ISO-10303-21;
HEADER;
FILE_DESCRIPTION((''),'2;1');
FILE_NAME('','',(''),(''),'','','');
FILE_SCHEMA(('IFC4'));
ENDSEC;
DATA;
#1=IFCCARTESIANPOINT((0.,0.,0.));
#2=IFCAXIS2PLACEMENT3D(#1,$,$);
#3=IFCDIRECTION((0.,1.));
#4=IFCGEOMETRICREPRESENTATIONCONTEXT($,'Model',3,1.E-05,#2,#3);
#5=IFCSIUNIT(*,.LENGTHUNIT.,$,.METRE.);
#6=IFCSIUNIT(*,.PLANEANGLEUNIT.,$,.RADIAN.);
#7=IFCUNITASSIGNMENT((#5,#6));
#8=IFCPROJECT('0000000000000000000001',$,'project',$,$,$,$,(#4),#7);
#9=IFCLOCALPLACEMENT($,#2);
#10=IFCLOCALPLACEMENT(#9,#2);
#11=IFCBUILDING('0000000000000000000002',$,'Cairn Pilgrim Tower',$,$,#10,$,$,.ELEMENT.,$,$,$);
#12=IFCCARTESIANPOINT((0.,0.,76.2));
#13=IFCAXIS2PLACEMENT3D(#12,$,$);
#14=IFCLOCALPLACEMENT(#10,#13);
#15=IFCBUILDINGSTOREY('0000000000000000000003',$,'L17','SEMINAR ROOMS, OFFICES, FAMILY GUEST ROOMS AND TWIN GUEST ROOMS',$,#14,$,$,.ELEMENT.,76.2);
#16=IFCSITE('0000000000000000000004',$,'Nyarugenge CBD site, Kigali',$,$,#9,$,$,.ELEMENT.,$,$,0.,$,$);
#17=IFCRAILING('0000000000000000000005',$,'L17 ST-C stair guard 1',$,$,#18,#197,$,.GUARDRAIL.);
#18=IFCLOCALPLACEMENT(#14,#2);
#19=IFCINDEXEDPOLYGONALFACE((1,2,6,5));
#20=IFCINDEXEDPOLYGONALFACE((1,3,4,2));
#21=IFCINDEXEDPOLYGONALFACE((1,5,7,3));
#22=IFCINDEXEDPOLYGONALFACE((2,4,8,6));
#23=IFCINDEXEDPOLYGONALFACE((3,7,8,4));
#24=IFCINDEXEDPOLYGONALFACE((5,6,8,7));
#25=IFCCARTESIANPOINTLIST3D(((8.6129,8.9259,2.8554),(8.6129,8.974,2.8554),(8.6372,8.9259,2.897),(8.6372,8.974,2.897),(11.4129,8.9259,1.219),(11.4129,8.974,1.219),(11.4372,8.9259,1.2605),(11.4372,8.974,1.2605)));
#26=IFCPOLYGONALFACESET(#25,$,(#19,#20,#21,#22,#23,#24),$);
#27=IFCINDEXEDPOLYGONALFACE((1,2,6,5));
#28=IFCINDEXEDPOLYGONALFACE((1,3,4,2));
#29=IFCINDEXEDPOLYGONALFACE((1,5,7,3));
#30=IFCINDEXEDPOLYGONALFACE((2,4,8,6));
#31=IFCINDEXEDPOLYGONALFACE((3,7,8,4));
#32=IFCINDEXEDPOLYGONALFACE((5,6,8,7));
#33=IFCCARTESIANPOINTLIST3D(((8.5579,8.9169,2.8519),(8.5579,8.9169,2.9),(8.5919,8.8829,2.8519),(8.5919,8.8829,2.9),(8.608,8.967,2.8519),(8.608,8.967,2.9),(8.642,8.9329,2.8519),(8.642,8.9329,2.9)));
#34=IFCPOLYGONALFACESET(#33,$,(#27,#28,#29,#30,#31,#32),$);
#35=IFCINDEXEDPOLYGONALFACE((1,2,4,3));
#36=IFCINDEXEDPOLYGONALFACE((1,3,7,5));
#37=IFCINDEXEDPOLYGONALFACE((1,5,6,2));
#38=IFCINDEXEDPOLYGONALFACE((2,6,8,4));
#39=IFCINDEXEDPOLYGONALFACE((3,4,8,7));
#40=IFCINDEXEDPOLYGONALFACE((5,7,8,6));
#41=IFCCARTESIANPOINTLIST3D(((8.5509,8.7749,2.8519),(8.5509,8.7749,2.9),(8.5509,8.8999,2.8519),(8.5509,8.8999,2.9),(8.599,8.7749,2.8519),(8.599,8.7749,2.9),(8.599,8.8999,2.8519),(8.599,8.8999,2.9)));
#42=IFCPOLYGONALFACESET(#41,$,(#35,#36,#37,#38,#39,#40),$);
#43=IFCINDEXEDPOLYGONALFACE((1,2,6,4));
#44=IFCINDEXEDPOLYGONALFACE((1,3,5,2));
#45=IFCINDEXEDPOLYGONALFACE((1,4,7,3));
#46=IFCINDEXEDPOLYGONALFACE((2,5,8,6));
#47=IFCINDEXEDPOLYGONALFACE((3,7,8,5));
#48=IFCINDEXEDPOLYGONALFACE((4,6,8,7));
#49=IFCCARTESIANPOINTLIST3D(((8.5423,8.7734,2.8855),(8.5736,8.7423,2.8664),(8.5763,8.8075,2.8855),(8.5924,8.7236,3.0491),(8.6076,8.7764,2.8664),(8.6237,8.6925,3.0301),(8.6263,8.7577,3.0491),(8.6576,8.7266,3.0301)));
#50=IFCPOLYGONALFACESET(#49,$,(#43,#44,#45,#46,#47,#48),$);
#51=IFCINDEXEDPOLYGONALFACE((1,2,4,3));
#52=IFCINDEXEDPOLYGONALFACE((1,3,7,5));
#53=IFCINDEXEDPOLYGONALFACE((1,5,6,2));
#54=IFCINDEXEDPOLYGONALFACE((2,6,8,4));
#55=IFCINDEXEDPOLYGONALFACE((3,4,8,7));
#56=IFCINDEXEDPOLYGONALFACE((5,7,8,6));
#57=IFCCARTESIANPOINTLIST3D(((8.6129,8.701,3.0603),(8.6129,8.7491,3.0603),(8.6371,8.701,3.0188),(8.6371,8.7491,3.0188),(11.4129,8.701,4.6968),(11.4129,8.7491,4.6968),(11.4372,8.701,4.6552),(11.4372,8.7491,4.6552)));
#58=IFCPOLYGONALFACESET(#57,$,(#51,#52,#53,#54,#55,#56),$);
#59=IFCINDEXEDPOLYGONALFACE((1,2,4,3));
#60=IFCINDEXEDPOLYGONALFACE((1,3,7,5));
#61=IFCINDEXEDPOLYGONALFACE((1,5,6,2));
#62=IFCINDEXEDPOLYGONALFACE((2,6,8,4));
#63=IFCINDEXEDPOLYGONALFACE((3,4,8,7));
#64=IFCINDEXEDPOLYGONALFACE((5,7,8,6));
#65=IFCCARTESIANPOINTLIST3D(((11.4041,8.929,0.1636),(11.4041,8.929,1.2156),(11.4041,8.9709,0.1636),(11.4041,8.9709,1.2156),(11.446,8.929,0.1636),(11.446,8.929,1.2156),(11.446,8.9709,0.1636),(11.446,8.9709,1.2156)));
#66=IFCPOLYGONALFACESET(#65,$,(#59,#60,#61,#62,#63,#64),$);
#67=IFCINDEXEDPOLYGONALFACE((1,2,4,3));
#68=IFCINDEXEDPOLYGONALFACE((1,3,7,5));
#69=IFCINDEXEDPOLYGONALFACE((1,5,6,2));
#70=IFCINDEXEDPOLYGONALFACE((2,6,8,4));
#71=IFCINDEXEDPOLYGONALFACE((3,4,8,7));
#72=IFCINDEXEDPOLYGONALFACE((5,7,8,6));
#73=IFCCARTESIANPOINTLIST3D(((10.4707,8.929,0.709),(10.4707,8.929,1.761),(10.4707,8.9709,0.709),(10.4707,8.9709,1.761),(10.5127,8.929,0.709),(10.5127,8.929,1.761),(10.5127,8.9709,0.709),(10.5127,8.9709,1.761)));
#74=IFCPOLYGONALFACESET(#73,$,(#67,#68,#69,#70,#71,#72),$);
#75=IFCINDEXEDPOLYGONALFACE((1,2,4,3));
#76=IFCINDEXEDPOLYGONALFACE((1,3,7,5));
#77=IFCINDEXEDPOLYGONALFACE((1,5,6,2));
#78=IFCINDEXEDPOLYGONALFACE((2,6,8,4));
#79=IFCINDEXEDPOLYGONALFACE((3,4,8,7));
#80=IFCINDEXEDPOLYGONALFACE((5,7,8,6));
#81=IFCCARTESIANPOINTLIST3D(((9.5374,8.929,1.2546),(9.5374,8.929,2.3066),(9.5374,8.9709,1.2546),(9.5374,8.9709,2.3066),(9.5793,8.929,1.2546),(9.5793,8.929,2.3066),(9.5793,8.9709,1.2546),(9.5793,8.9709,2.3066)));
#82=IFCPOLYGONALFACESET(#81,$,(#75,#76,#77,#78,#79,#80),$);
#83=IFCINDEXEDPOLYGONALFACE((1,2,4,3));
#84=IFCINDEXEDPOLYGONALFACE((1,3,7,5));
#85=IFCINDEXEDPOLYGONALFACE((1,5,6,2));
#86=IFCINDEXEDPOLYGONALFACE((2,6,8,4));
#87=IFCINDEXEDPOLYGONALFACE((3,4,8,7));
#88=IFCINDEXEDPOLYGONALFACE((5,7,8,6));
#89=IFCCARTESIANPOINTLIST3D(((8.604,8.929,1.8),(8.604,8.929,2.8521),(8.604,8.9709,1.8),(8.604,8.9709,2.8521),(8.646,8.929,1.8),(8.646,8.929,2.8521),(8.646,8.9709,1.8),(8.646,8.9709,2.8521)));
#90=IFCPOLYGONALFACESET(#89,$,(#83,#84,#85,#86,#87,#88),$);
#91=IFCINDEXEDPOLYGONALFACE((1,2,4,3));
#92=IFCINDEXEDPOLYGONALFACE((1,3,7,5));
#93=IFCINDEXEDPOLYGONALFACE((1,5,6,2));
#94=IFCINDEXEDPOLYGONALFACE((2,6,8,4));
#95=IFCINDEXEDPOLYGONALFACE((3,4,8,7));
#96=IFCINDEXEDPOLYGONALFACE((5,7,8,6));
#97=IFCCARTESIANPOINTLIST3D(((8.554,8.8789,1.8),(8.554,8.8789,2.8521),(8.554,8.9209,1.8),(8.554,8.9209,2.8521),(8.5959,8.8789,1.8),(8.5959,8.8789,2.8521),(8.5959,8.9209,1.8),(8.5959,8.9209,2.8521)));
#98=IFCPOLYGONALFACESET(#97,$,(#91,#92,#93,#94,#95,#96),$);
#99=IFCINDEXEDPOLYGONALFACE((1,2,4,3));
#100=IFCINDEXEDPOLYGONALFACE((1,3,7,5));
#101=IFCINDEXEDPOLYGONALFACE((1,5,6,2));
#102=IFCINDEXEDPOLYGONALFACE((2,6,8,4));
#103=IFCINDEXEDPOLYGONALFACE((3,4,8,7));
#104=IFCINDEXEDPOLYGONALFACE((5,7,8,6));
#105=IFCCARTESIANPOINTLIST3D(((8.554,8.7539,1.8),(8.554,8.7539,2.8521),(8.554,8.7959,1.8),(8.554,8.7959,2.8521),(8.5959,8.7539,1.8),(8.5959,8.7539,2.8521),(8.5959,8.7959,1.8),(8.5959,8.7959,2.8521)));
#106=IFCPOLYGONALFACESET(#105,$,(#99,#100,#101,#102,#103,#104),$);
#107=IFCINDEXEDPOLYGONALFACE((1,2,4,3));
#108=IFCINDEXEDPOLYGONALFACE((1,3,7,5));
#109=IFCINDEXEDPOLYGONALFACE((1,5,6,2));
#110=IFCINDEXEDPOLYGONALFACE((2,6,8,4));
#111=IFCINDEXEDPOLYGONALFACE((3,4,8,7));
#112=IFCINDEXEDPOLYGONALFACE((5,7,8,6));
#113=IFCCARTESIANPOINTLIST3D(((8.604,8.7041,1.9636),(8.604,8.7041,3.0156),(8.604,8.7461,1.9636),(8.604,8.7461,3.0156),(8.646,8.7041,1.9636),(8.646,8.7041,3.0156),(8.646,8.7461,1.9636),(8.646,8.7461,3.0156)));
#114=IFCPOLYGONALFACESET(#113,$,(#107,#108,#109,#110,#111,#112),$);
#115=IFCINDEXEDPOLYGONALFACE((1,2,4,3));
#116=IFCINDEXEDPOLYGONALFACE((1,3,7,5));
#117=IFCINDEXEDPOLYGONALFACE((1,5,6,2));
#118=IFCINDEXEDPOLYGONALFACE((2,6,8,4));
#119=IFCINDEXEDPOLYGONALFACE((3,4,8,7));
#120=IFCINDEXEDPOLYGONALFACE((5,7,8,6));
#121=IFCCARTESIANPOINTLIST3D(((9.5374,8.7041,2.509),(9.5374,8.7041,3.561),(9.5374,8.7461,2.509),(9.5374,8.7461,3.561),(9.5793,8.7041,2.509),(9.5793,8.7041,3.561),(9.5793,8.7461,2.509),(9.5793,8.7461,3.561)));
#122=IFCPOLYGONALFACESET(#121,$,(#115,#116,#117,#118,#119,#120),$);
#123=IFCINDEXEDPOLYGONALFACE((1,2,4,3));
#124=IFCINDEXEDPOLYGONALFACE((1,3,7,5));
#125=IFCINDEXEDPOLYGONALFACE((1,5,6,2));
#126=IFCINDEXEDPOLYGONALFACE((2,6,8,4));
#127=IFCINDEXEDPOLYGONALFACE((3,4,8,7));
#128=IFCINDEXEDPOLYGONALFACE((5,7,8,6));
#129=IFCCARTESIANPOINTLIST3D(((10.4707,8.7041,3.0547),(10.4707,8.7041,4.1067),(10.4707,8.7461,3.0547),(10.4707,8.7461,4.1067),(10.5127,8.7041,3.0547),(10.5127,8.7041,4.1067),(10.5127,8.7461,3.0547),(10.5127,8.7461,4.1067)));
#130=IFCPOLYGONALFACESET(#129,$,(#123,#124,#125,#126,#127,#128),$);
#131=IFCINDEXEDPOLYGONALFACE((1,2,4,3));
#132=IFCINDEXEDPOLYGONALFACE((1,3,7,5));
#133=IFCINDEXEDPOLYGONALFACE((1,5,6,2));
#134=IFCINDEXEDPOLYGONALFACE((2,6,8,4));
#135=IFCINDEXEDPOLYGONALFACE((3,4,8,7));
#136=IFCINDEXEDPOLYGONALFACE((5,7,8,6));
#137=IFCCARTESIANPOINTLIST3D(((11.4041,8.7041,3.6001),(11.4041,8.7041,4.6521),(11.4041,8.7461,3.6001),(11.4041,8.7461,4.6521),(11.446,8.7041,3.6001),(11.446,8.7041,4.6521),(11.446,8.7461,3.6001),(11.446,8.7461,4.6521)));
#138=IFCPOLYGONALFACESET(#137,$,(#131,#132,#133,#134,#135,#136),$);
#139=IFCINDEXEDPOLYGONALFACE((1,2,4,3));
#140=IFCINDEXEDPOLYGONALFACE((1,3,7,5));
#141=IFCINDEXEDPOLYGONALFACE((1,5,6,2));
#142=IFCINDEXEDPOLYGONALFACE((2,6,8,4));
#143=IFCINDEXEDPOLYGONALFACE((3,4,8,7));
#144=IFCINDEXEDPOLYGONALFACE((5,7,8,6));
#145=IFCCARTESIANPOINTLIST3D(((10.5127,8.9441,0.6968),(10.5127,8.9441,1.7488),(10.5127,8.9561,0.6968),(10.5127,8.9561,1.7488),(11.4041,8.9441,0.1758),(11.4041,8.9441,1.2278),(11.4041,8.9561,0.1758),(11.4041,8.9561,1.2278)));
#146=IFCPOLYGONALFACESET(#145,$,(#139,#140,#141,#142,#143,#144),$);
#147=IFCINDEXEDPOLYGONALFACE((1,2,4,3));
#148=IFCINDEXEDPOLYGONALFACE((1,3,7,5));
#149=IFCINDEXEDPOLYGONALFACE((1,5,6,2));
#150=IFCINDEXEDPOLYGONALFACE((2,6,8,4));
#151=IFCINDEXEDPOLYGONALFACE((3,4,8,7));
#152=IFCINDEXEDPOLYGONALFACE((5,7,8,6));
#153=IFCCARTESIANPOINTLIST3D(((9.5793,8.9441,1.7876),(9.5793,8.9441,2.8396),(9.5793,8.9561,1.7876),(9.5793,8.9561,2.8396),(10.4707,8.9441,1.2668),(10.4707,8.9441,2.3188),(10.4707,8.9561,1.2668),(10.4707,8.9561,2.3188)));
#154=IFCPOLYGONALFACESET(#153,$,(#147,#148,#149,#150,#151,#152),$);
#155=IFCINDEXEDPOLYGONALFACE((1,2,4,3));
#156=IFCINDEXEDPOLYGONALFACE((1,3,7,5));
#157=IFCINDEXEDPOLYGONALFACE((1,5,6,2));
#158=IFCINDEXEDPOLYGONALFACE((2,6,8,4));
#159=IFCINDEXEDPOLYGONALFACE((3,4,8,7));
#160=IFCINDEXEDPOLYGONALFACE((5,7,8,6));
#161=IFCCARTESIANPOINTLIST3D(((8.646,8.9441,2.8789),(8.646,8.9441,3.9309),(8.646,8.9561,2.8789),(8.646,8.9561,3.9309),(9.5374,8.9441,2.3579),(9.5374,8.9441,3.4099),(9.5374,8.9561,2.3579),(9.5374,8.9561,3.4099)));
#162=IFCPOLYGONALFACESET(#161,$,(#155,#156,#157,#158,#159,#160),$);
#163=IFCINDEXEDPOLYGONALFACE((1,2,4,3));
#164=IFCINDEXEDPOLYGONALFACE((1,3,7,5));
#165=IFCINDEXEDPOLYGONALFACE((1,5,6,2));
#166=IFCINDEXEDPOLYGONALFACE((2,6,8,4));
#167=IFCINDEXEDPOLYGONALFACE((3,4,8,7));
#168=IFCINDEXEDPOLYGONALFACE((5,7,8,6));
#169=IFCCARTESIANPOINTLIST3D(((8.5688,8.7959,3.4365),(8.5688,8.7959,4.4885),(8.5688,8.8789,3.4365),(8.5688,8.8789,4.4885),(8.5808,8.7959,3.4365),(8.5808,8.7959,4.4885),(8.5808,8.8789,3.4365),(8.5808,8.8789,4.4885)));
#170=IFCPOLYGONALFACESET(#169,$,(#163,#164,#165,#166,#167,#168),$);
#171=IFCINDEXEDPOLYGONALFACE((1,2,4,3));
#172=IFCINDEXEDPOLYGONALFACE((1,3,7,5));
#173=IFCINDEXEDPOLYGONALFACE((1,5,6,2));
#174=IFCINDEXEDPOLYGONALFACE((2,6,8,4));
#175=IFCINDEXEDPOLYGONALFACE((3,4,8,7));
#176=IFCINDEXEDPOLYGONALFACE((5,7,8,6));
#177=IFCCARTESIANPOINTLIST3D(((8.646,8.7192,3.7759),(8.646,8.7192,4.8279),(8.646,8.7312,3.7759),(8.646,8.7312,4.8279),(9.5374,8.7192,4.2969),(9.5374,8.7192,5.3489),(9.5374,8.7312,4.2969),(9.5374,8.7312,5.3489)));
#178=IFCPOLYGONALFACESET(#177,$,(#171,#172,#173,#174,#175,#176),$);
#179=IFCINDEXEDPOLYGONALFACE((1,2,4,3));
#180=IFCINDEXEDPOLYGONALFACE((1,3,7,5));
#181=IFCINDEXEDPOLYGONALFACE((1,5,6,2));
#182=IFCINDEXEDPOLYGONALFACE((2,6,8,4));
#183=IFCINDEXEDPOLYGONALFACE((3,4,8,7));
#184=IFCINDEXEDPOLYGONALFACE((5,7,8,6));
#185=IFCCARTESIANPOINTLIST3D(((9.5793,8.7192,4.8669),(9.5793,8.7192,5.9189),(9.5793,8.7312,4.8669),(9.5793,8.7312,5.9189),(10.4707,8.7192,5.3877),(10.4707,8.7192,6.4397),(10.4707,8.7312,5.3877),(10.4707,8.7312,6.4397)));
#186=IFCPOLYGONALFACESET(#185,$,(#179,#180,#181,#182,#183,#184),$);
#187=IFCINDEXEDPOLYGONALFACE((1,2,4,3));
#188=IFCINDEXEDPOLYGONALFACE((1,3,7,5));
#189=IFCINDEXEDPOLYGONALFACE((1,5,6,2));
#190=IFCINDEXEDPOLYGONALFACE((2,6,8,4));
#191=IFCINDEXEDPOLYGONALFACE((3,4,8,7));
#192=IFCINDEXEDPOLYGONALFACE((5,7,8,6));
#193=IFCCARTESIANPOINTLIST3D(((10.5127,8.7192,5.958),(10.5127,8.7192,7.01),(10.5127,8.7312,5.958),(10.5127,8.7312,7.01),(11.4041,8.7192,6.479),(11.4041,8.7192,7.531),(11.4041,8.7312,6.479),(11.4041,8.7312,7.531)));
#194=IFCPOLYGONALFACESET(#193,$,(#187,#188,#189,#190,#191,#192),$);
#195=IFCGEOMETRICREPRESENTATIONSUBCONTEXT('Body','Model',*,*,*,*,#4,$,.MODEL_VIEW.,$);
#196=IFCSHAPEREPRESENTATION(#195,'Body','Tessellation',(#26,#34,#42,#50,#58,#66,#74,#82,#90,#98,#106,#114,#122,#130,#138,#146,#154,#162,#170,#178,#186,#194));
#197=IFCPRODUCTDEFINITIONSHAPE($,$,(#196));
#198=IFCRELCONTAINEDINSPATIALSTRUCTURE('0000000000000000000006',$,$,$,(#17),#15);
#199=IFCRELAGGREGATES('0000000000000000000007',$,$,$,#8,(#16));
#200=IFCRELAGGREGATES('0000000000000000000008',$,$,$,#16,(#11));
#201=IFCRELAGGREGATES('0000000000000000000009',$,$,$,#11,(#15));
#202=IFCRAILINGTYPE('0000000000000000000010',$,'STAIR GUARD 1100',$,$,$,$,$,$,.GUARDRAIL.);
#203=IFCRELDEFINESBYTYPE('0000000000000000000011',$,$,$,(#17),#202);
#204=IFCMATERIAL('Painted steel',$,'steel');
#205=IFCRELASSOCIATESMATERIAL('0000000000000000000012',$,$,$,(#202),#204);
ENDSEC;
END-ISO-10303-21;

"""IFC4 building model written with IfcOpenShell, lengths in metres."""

from ifc_helpers import new_model, si_unit, direction, frame, origin, origin_2d, place, context, subcontext, project, spatial, polyline, rectangle, outline, extrude, material, type_object, element, save


model = new_model("IFC4")

# Units and contexts
model_context = context("Model", 3, precision=1e-05, world=origin(), true_north=direction((0.0, 1.0)))
body_context = subcontext(model_context, "Body", "Model", "MODEL_VIEW")
ifc_project = project(units=[si_unit("LENGTHUNIT", "METRE"), si_unit("PLANEANGLEUNIT", "RADIAN")], contexts=[model_context])

# Site, building, storey
site_placement = place(None, origin())
site = spatial("IfcSite", under=ifc_project, at=site_placement, Name="Nyarugenge CBD site, Kigali", CompositionType="ELEMENT", RefElevation=0.0)
building_placement = place(site_placement, origin())
building = spatial("IfcBuilding", under=site, at=building_placement, Name="Cairn Pilgrim Tower", CompositionType="ELEMENT")
storey_placement = place(building_placement, frame((0.0, 0.0, 76.2)))
storey = spatial("IfcBuildingStorey", under=building, at=storey_placement, Name="L17", Description="SEMINAR ROOMS, OFFICES, FAMILY GUEST ROOMS AND TWIN GUEST ROOMS", CompositionType="ELEMENT", Elevation=76.2)

# Shared definitions
ifc_material_1 = material(Name="Painted steel", Category="steel")

# Railing
railing_type_1 = type_object("IfcRailingType", Name="STAIR GUARD 1100", PredefinedType="GUARDRAIL", material=ifc_material_1)
railing_1_placement = place(storey_placement, frame((11.425, 8.95, 0.1636)))
element("IfcRailing", 1, at=railing_1_placement, inside=storey, type_object=railing_type_1, Name="L17 ST-C stair guard 1", PredefinedType="GUARDRAIL", context=body_context, shape_type="SweptSolid", body=[
    extrude(rectangle(XDim=0.0481, YDim=0.0481, at=origin_2d()), frame((0.0, 0.0, 1.0762), z_axis=(-0.863361, 0.0, 0.504587), x_axis=(0.0, -1.0, 0.0)), (0.0, 0.0, 1.0), 3.2432),
    extrude(rectangle(XDim=0.0481, YDim=0.0481, at=origin_2d()), frame((-2.8, 0.0, 2.7124), z_axis=(-0.707107, -0.707107, 0.0), x_axis=(0.707107, -0.707107, 0.0)), (0.0, 0.0, 1.0), 0.0708),
    extrude(rectangle(XDim=0.0481, YDim=0.0481, at=origin_2d()), frame((-2.8501, -0.05, 2.7124), z_axis=(0.0, -1.0, 0.0), x_axis=(1.0, 0.0, 0.0)), (0.0, 0.0, 1.0), 0.125),
    extrude(rectangle(XDim=0.0481, YDim=0.0481, at=origin_2d()), frame((-2.8501, -0.175, 2.7124), z_axis=(0.280917, -0.279546, 0.918118), x_axis=(0.705376, 0.708834, 0.0)), (0.0, 0.0, 1.0), 0.1782),
    extrude(rectangle(XDim=0.0481, YDim=0.0481, at=origin_2d()), frame((-2.8, -0.2249, 2.876), z_axis=(0.863361, 0.0, 0.504587), x_axis=(0.0, 1.0, 0.0)), (0.0, 0.0, 1.0), 3.2432),
    extrude(rectangle(XDim=0.042, YDim=0.042, at=origin_2d()), origin(), (0.0, 0.0, 1.0), 1.052),
    extrude(rectangle(XDim=0.042, YDim=0.042, at=origin_2d()), frame((-0.9333, 0.0, 0.5454)), (0.0, 0.0, 1.0), 1.052),
    extrude(rectangle(XDim=0.042, YDim=0.042, at=origin_2d()), frame((-1.8667, 0.0, 1.0911)), (0.0, 0.0, 1.0), 1.052),
    extrude(rectangle(XDim=0.042, YDim=0.042, at=origin_2d()), frame((-2.8, 0.0, 1.6365)), (0.0, 0.0, 1.0), 1.052),
    extrude(rectangle(XDim=0.042, YDim=0.042, at=origin_2d()), frame((-2.8501, -0.05, 1.6365)), (0.0, 0.0, 1.0), 1.052),
    extrude(rectangle(XDim=0.042, YDim=0.042, at=origin_2d()), frame((-2.8501, -0.175, 1.6365)), (0.0, 0.0, 1.0), 1.052),
    extrude(rectangle(XDim=0.042, YDim=0.042, at=origin_2d()), frame((-2.8, -0.2249, 1.8)), (0.0, 0.0, 1.0), 1.052),
    extrude(rectangle(XDim=0.042, YDim=0.042, at=origin_2d()), frame((-1.8667, -0.2249, 2.3455)), (0.0, 0.0, 1.0), 1.052),
    extrude(rectangle(XDim=0.042, YDim=0.042, at=origin_2d()), frame((-0.9333, -0.2249, 2.8911)), (0.0, 0.0, 1.0), 1.052),
    extrude(rectangle(XDim=0.042, YDim=0.042, at=origin_2d()), frame((0.0, -0.2249, 3.4365)), (0.0, 0.0, 1.0), 1.052),
    extrude(outline(polyline([(0.021, 0.0122), (0.9124, 0.5332), (0.9124, 1.5852), (0.021, 1.0642), (0.021, 0.0122)])), frame((0.0, -0.0059, 0.0), z_axis=(0.0, 1.0, 0.0), x_axis=(-1.0, 0.0, 0.0)), (0.0, 0.0, 1.0), 0.012),
    extrude(outline(polyline([(0.021, 0.5579), (0.9124, 1.0786), (0.9124, 2.1306), (0.021, 1.6099), (0.021, 0.5579)])), frame((-0.9333, -0.0059, 0.5454), z_axis=(0.0, 1.0, 0.0), x_axis=(-1.0, 0.0, 0.0)), (0.0, 0.0, 1.0), 0.012),
    extrude(outline(polyline([(0.021, 1.1033), (0.9124, 1.6243), (0.9124, 2.6763), (0.021, 2.1553), (0.021, 1.1033)])), frame((-1.8667, -0.0059, 1.0911), z_axis=(0.0, 1.0, 0.0), x_axis=(-1.0, 0.0, 0.0)), (0.0, 0.0, 1.0), 0.012),
    extrude(outline(polyline([(0.021, 1.6365), (0.104, 1.6365), (0.104, 2.6885), (0.021, 2.6885), (0.021, 1.6365)])), frame((-2.8442, -0.05, 1.6365), z_axis=(-1.0, 0.0, 0.0), x_axis=(0.0, -1.0, 0.0)), (0.0, 0.0, 1.0), 0.012),
    extrude(outline(polyline([(0.021, 1.8123), (0.9124, 2.3333), (0.9124, 3.3853), (0.021, 2.8643), (0.021, 1.8123)])), frame((-2.8, -0.2188, 1.8), z_axis=(0.0, -1.0, 0.0), x_axis=(1.0, 0.0, 0.0)), (0.0, 0.0, 1.0), 0.012),
    extrude(outline(polyline([(0.021, 2.3579), (0.9124, 2.8787), (0.9124, 3.9307), (0.021, 3.4099), (0.021, 2.3579)])), frame((-1.8667, -0.2188, 2.3455), z_axis=(0.0, -1.0, 0.0), x_axis=(1.0, 0.0, 0.0)), (0.0, 0.0, 1.0), 0.012),
    extrude(outline(polyline([(0.021, 2.9033), (0.9124, 3.4243), (0.9124, 4.4763), (0.021, 3.9553), (0.021, 2.9033)])), frame((-0.9333, -0.2188, 2.8911), z_axis=(0.0, -1.0, 0.0), x_axis=(1.0, 0.0, 0.0)), (0.0, 0.0, 1.0), 0.012),
])

save(model, "model.ifc")
